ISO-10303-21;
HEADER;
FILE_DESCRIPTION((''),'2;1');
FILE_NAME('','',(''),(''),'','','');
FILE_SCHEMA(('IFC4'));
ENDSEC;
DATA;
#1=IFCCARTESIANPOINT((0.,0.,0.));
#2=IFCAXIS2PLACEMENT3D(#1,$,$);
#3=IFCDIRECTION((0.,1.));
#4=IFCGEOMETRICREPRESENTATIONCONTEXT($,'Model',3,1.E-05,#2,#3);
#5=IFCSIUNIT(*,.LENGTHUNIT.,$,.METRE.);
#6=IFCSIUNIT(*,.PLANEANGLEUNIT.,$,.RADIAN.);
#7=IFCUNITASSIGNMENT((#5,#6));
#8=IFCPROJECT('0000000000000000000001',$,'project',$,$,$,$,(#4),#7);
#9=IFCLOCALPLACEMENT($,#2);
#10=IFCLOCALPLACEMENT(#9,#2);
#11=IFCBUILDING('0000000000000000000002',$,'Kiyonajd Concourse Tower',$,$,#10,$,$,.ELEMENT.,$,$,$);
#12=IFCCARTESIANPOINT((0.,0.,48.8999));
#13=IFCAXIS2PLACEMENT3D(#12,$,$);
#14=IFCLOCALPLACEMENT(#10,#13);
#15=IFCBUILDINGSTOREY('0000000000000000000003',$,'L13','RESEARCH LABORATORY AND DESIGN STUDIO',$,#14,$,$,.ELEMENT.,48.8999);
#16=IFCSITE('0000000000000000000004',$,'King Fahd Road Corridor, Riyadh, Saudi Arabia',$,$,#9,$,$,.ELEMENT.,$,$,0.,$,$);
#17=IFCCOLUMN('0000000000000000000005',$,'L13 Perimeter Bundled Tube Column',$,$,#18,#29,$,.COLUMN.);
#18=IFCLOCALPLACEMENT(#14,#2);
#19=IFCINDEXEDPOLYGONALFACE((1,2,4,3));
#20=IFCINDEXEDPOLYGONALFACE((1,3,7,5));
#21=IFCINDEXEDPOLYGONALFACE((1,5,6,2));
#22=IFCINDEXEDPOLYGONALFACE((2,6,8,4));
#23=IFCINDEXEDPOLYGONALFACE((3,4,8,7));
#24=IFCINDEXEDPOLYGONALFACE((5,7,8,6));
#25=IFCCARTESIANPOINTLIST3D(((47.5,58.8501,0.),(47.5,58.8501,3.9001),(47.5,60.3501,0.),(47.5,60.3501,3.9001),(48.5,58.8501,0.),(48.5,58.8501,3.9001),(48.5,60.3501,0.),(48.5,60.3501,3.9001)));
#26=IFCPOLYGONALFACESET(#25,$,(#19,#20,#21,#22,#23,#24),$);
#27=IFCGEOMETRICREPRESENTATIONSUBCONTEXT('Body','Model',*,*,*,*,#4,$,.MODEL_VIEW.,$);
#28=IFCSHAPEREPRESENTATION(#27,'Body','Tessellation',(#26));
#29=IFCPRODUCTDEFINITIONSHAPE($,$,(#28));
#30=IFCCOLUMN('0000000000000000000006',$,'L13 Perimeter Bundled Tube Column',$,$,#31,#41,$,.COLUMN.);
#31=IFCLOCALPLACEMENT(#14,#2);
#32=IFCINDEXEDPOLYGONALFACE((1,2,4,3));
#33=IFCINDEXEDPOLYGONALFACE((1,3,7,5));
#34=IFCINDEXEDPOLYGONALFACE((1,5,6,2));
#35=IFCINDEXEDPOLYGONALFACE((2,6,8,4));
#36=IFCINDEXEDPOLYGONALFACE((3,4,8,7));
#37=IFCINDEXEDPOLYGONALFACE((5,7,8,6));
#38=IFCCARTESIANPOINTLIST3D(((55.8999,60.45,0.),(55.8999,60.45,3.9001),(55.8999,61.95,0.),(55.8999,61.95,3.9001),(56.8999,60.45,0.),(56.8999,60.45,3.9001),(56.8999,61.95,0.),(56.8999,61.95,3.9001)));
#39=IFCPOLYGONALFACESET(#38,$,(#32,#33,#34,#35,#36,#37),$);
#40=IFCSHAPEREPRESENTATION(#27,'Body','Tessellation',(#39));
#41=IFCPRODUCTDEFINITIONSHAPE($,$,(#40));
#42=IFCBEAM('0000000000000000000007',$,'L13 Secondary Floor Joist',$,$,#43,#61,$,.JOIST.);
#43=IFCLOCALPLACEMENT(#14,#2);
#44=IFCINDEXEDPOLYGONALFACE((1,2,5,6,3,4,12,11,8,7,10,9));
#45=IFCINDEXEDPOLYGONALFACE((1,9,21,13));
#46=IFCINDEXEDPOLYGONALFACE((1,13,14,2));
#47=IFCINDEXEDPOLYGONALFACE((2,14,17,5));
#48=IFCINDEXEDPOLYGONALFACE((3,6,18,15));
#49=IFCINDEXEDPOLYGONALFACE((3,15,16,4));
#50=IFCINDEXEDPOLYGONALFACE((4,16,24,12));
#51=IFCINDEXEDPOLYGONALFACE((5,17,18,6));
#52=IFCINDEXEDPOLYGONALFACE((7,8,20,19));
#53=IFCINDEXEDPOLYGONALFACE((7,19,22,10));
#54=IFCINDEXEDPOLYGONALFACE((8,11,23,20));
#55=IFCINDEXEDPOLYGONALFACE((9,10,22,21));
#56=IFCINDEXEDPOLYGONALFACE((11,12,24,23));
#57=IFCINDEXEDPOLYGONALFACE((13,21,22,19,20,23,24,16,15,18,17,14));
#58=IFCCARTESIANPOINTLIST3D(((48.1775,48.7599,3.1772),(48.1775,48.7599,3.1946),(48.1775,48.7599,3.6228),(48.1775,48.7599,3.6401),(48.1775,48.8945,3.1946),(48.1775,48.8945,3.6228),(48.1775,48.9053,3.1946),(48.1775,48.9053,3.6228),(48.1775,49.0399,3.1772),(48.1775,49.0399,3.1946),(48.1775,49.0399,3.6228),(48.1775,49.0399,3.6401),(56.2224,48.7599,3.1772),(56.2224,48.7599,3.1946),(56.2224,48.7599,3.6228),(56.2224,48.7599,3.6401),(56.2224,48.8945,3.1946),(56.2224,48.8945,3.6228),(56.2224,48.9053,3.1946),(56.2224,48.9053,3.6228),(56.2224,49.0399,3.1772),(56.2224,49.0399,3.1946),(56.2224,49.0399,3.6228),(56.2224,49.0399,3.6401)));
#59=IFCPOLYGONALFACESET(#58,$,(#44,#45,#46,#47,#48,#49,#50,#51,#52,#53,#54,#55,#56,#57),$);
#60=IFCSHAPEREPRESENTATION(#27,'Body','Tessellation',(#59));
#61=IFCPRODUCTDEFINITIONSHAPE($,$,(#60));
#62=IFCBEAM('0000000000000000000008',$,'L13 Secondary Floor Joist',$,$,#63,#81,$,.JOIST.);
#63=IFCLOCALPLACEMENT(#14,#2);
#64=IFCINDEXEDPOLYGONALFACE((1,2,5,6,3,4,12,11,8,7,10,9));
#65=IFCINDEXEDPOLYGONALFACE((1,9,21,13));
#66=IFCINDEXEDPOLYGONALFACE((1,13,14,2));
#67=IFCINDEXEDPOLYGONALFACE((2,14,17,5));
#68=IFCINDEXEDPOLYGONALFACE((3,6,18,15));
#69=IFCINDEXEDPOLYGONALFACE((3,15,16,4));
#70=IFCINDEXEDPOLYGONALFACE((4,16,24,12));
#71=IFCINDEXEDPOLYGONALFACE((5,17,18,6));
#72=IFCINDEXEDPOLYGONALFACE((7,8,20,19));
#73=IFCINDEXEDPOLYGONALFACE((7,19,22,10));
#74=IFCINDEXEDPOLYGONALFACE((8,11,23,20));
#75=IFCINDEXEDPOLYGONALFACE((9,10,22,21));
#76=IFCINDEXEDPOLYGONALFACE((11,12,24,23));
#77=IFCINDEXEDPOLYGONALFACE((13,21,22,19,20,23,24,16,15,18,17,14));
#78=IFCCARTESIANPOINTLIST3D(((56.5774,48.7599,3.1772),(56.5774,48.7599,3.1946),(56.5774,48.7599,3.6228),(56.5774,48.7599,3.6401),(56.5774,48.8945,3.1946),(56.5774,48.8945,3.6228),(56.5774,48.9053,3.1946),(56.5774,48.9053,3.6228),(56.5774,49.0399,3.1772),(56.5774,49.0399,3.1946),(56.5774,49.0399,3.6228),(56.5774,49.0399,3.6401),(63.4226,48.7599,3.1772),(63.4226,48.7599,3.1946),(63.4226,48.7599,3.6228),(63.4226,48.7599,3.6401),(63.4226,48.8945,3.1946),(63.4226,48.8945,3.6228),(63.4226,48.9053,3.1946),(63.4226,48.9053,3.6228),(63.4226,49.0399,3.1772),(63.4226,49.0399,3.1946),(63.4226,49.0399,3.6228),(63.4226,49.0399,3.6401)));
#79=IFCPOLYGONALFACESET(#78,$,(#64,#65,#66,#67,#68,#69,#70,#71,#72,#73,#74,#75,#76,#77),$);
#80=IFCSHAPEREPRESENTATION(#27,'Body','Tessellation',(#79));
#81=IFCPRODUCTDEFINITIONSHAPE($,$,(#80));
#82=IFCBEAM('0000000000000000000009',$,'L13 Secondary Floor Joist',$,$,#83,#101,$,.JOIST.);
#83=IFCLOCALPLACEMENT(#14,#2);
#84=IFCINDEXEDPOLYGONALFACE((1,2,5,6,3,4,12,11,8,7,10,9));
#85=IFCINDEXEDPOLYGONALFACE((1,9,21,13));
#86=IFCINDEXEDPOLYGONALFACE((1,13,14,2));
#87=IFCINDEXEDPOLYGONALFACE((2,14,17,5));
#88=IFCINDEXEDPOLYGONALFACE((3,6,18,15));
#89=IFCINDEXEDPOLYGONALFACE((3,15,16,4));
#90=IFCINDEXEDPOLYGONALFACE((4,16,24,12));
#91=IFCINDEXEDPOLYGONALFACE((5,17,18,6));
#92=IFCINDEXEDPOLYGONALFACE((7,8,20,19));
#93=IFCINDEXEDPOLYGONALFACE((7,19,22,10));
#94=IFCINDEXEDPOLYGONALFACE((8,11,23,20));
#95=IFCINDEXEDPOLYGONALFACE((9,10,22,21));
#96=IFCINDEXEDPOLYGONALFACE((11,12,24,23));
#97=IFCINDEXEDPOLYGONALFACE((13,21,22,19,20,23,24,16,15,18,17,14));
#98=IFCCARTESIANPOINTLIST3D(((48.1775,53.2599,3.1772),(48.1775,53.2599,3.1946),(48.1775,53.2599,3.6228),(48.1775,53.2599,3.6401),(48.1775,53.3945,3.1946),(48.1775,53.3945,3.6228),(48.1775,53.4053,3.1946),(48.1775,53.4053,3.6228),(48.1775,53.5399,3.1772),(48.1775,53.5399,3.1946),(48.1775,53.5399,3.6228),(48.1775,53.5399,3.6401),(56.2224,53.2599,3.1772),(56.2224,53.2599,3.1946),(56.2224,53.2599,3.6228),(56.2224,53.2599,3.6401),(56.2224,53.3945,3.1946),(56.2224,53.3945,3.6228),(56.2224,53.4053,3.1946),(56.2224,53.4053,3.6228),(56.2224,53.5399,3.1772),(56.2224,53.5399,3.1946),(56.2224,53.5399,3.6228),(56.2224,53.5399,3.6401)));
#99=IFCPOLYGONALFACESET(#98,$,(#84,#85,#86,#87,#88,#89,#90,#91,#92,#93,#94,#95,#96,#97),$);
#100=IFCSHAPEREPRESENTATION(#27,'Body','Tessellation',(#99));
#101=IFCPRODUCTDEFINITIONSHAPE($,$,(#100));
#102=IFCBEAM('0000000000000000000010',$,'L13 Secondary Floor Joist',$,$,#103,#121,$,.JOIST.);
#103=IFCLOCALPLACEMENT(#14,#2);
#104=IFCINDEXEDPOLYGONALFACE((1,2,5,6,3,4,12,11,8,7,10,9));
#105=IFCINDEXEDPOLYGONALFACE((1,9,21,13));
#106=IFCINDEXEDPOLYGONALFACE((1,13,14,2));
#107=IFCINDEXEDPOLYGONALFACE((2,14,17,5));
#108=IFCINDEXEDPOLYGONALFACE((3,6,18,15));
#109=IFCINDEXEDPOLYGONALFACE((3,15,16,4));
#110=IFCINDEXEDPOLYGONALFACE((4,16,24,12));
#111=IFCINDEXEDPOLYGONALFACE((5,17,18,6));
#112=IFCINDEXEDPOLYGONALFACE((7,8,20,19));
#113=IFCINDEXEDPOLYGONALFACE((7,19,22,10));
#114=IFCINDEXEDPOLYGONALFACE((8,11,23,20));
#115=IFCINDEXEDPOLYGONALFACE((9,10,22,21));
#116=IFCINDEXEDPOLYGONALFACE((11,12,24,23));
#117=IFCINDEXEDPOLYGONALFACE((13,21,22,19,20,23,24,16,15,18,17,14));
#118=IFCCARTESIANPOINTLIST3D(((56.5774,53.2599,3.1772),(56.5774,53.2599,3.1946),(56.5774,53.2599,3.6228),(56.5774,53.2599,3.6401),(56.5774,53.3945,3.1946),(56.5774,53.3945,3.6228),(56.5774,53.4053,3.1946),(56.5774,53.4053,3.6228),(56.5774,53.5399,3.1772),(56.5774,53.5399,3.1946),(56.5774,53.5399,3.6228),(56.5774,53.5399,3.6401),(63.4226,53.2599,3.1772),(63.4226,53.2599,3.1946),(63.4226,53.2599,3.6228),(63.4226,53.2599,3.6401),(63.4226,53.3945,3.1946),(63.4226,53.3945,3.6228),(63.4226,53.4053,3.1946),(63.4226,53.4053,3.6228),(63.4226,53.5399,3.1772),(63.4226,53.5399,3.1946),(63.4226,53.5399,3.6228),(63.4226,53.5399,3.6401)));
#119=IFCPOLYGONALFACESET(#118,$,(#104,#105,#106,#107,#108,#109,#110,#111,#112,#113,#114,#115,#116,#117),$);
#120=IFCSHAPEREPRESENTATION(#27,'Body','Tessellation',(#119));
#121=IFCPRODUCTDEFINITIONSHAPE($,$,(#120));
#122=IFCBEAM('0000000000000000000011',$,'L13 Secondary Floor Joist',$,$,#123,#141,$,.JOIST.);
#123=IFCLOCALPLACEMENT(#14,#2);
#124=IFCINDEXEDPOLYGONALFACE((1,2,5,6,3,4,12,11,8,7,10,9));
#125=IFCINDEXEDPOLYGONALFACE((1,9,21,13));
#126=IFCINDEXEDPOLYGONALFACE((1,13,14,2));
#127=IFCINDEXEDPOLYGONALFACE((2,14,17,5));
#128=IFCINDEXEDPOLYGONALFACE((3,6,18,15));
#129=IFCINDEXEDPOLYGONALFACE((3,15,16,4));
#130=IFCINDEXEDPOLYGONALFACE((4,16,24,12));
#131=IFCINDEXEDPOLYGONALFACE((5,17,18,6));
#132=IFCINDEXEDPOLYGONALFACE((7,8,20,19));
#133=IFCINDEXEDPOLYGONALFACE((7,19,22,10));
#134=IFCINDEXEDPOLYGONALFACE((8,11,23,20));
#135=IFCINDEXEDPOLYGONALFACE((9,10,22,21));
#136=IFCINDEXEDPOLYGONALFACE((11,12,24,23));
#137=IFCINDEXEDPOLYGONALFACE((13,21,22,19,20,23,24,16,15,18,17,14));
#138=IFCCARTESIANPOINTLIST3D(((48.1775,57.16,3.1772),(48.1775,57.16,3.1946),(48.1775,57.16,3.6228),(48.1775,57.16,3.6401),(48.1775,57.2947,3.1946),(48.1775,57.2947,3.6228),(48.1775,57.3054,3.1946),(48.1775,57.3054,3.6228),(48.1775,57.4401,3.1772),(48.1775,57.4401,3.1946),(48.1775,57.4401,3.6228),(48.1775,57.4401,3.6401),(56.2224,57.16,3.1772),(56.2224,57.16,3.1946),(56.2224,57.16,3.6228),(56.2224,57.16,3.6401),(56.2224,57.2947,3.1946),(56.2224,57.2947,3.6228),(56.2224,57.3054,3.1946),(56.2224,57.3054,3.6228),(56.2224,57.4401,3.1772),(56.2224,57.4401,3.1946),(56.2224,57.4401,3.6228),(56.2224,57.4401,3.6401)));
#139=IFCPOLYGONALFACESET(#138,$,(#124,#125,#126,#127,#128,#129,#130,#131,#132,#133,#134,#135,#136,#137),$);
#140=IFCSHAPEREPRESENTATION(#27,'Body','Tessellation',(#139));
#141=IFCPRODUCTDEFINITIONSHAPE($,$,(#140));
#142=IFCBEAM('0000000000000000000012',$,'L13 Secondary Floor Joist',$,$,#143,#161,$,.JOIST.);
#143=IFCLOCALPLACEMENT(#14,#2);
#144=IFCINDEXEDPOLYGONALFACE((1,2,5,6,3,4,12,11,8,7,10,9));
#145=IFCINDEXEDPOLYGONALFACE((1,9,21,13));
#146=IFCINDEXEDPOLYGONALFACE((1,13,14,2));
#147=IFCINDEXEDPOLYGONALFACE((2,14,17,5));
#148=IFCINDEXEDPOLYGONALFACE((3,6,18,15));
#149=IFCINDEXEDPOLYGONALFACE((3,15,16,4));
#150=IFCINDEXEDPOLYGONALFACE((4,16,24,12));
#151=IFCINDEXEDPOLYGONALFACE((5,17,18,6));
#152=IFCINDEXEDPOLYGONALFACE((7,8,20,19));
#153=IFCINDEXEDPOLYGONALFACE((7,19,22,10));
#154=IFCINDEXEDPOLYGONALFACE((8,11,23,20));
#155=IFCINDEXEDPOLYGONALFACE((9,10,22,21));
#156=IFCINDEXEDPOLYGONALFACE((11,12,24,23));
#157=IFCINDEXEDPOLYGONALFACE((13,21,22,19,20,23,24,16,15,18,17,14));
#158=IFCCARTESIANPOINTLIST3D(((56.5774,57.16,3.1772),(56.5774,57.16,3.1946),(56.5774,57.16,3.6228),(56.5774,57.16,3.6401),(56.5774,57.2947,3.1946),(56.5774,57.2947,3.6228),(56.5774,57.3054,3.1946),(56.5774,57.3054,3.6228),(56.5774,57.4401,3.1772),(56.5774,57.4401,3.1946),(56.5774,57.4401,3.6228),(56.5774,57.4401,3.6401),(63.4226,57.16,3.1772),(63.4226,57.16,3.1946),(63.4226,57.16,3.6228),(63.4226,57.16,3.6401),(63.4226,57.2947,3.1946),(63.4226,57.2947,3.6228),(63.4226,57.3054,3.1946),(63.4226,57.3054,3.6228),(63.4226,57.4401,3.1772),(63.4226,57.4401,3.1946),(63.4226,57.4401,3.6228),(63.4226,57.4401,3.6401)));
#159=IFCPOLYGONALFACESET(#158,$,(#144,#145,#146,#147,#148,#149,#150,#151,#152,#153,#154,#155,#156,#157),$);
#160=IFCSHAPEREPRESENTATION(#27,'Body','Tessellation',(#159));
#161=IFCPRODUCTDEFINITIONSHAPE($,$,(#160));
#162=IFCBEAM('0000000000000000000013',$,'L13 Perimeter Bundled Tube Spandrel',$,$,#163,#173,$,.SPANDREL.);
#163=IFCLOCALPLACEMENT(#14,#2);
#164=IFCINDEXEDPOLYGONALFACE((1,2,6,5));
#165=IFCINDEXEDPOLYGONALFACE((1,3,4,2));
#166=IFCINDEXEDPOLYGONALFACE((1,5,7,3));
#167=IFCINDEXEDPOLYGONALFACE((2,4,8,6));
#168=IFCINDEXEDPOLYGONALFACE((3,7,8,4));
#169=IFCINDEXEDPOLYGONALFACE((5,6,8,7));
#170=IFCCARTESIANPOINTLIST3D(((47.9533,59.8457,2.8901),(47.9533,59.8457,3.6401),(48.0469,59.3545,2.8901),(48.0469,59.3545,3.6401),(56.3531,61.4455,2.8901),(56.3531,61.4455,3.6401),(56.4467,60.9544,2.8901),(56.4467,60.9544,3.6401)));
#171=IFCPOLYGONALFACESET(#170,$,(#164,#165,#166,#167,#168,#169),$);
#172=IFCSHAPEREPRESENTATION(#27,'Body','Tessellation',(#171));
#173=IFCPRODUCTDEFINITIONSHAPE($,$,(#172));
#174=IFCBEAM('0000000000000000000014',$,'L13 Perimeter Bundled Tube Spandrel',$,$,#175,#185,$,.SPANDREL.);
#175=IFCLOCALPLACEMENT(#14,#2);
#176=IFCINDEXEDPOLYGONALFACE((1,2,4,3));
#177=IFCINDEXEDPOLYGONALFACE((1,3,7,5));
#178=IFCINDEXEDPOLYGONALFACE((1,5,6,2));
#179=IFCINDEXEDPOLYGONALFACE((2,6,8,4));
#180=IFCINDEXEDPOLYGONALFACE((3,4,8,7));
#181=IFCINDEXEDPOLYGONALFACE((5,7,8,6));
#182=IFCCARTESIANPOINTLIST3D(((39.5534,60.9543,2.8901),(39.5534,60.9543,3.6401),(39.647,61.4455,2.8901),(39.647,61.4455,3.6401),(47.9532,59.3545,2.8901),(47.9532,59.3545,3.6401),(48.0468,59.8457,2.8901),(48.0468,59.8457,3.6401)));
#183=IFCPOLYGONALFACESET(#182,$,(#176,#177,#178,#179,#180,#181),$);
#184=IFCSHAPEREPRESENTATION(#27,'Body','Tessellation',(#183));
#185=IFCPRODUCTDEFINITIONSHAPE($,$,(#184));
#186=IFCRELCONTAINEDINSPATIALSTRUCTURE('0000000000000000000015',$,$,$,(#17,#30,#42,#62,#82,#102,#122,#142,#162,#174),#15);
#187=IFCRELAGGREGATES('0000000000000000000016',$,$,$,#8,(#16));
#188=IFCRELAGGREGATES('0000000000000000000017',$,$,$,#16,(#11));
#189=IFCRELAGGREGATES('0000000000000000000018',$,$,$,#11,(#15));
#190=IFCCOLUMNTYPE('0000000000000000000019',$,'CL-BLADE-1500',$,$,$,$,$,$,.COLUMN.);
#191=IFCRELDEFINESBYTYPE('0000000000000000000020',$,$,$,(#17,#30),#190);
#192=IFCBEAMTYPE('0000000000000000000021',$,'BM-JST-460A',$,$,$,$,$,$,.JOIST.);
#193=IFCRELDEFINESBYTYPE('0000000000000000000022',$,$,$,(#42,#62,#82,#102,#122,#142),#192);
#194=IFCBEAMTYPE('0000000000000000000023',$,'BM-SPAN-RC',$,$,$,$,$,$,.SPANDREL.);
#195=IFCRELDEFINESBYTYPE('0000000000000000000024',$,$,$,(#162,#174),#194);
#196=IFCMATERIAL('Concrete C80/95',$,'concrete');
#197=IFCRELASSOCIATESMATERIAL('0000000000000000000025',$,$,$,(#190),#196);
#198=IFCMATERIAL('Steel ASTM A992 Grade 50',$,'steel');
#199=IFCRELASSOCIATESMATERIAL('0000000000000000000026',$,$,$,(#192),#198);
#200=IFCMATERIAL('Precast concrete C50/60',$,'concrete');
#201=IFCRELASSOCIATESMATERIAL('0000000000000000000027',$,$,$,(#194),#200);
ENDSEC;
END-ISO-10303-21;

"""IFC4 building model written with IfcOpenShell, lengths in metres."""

from ifc_helpers import new_model, si_unit, direction, frame, origin, origin_2d, place, context, subcontext, project, spatial, rectangle, i_section, extrude, material, material_profile, profile_set, type_object, element, save


model = new_model("IFC4")

# Units and contexts
model_context = context("Model", 3, precision=1e-05, world=origin(), true_north=direction((0.0, 1.0)))
body_context = subcontext(model_context, "Body", "Model", "MODEL_VIEW")
ifc_project = project(units=[si_unit("LENGTHUNIT", "METRE"), si_unit("PLANEANGLEUNIT", "RADIAN")], contexts=[model_context])

# Site, building, storey
site_placement = place(None, origin())
site = spatial("IfcSite", under=ifc_project, at=site_placement, Name="King Fahd Road Corridor, Riyadh, Saudi Arabia", CompositionType="ELEMENT", RefElevation=0.0)
building_placement = place(site_placement, origin())
building = spatial("IfcBuilding", under=site, at=building_placement, Name="Kiyonajd Concourse Tower", CompositionType="ELEMENT")
storey_placement = place(building_placement, frame((0.0, 0.0, 48.8999)))
storey = spatial("IfcBuildingStorey", under=building, at=storey_placement, Name="L13", Description="RESEARCH LABORATORY AND DESIGN STUDIO", CompositionType="ELEMENT", Elevation=48.8999)

# Columns
ifc_material_1 = material(Name="Concrete C80/95", Category="concrete")
ifc_material_profile_1 = material_profile(ifc_material_1, rectangle(XDim=1.0, YDim=1.5, at=origin_2d()), Name="RC-1500x1000")
ifc_profile_set_1 = profile_set([ifc_material_profile_1], Name="Concrete C80/95")
column_type = type_object("IfcColumnType", Name="CL-BLADE-1500", PredefinedType="COLUMN", material=ifc_profile_set_1)
for number, where, z_axis, x_axis, name in (
    (1, (48.0, 59.6001, 0.0), (0.0, 0.0, 1.0), (1.0, 0.0, 0.0), "L13 Perimeter Bundled Tube Column"),
    (2, (56.3999, 61.2, 0.0), (0.0, 0.0, 1.0), (1.0, 0.0, 0.0), "L13 Perimeter Bundled Tube Column"),
):
    element("IfcColumn", number, at=place(storey_placement, frame(where, z_axis=z_axis, x_axis=x_axis)), inside=storey, type_object=column_type, Name=name, PredefinedType="COLUMN", context=body_context, shape_type="SweptSolid", body=[
        extrude(rectangle(XDim=1.0, YDim=1.5, at=origin_2d()), origin(), (0.0, 0.0, 1.0), 3.9001),
    ])

# Beams
ifc_material_2 = material(Name="Steel ASTM A992 Grade 50", Category="steel")
ifc_material_profile_2 = material_profile(ifc_material_2, i_section(OverallWidth=0.28, OverallDepth=0.4629, WebThickness=0.0107, FlangeThickness=0.0173, at=origin_2d()), Name="W460X113")
ifc_profile_set_2 = profile_set([ifc_material_profile_2], Name="Steel ASTM A992 Grade 50")
beam_type_1 = type_object("IfcBeamType", Name="BM-JST-460A", PredefinedType="JOIST", material=ifc_profile_set_2)
beam_1_placement = place(storey_placement, frame((48.1775, 48.8999, 3.4087), z_axis=(1.0, 0.0, 0.0), x_axis=(0.0, 1.0, 0.0)))
element("IfcBeam", 3, at=beam_1_placement, inside=storey, type_object=beam_type_1, Name="L13 Secondary Floor Joist", PredefinedType="JOIST", context=body_context, shape_type="SweptSolid", body=[
    extrude(i_section(OverallWidth=0.28, OverallDepth=0.4629, WebThickness=0.0107, FlangeThickness=0.0173, at=origin_2d()), origin(), (0.0, 0.0, 1.0), 8.0449),
])
beam_2_placement = place(storey_placement, frame((56.5774, 48.8999, 3.4087), z_axis=(1.0, 0.0, 0.0), x_axis=(0.0, 1.0, 0.0)))
element("IfcBeam", 4, at=beam_2_placement, inside=storey, type_object=beam_type_1, Name="L13 Secondary Floor Joist", PredefinedType="JOIST", context=body_context, shape_type="SweptSolid", body=[
    extrude(i_section(OverallWidth=0.28, OverallDepth=0.4629, WebThickness=0.0107, FlangeThickness=0.0173, at=origin_2d()), origin(), (0.0, 0.0, 1.0), 6.8452),
])
beam_3_placement = place(storey_placement, frame((48.1775, 53.3999, 3.4087), z_axis=(1.0, 0.0, 0.0), x_axis=(0.0, 1.0, 0.0)))
element("IfcBeam", 5, at=beam_3_placement, inside=storey, type_object=beam_type_1, Name="L13 Secondary Floor Joist", PredefinedType="JOIST", context=body_context, shape_type="SweptSolid", body=[
    extrude(i_section(OverallWidth=0.28, OverallDepth=0.4629, WebThickness=0.0107, FlangeThickness=0.0173, at=origin_2d()), origin(), (0.0, 0.0, 1.0), 8.0449),
])
beam_4_placement = place(storey_placement, frame((56.5774, 53.3999, 3.4087), z_axis=(1.0, 0.0, 0.0), x_axis=(0.0, 1.0, 0.0)))
element("IfcBeam", 6, at=beam_4_placement, inside=storey, type_object=beam_type_1, Name="L13 Secondary Floor Joist", PredefinedType="JOIST", context=body_context, shape_type="SweptSolid", body=[
    extrude(i_section(OverallWidth=0.28, OverallDepth=0.4629, WebThickness=0.0107, FlangeThickness=0.0173, at=origin_2d()), origin(), (0.0, 0.0, 1.0), 6.8452),
])
beam_5_placement = place(storey_placement, frame((48.1775, 57.3, 3.4087), z_axis=(1.0, 0.0, 0.0), x_axis=(0.0, 1.0, 0.0)))
element("IfcBeam", 7, at=beam_5_placement, inside=storey, type_object=beam_type_1, Name="L13 Secondary Floor Joist", PredefinedType="JOIST", context=body_context, shape_type="SweptSolid", body=[
    extrude(i_section(OverallWidth=0.28, OverallDepth=0.4629, WebThickness=0.0107, FlangeThickness=0.0173, at=origin_2d()), origin(), (0.0, 0.0, 1.0), 8.0449),
])
beam_6_placement = place(storey_placement, frame((56.5774, 57.3, 3.4087), z_axis=(1.0, 0.0, 0.0), x_axis=(0.0, 1.0, 0.0)))
element("IfcBeam", 8, at=beam_6_placement, inside=storey, type_object=beam_type_1, Name="L13 Secondary Floor Joist", PredefinedType="JOIST", context=body_context, shape_type="SweptSolid", body=[
    extrude(i_section(OverallWidth=0.28, OverallDepth=0.4629, WebThickness=0.0107, FlangeThickness=0.0173, at=origin_2d()), origin(), (0.0, 0.0, 1.0), 6.8452),
])
ifc_material_3 = material(Name="Precast concrete C50/60", Category="concrete")
ifc_material_profile_3 = material_profile(ifc_material_3, rectangle(XDim=0.5, YDim=0.75, at=origin_2d()), Name="RCBM-500x750")
ifc_profile_set_3 = profile_set([ifc_material_profile_3], Name="Precast concrete C50/60")
beam_type_2 = type_object("IfcBeamType", Name="BM-SPAN-RC", PredefinedType="SPANDREL", material=ifc_profile_set_3)
for number, where, z_axis, x_axis, name in (
    (9, (56.3999, 61.2, 3.2651), (-0.982341, -0.187098, 0.0), (0.187098, -0.982341, 0.0), "L13 Perimeter Bundled Tube Spandrel"),
    (10, (48.0, 59.6001, 3.2651), (-0.982341, 0.187098, 0.0), (-0.187098, -0.982341, 0.0), "L13 Perimeter Bundled Tube Spandrel"),
):
    element("IfcBeam", number, at=place(storey_placement, frame(where, z_axis=z_axis, x_axis=x_axis)), inside=storey, type_object=beam_type_2, Name=name, PredefinedType="SPANDREL", context=body_context, shape_type="SweptSolid", body=[
        extrude(rectangle(XDim=0.5, YDim=0.75, at=origin_2d()), origin(), (0.0, 0.0, 1.0), 8.5508),
    ])

save(model, "model.ifc")
